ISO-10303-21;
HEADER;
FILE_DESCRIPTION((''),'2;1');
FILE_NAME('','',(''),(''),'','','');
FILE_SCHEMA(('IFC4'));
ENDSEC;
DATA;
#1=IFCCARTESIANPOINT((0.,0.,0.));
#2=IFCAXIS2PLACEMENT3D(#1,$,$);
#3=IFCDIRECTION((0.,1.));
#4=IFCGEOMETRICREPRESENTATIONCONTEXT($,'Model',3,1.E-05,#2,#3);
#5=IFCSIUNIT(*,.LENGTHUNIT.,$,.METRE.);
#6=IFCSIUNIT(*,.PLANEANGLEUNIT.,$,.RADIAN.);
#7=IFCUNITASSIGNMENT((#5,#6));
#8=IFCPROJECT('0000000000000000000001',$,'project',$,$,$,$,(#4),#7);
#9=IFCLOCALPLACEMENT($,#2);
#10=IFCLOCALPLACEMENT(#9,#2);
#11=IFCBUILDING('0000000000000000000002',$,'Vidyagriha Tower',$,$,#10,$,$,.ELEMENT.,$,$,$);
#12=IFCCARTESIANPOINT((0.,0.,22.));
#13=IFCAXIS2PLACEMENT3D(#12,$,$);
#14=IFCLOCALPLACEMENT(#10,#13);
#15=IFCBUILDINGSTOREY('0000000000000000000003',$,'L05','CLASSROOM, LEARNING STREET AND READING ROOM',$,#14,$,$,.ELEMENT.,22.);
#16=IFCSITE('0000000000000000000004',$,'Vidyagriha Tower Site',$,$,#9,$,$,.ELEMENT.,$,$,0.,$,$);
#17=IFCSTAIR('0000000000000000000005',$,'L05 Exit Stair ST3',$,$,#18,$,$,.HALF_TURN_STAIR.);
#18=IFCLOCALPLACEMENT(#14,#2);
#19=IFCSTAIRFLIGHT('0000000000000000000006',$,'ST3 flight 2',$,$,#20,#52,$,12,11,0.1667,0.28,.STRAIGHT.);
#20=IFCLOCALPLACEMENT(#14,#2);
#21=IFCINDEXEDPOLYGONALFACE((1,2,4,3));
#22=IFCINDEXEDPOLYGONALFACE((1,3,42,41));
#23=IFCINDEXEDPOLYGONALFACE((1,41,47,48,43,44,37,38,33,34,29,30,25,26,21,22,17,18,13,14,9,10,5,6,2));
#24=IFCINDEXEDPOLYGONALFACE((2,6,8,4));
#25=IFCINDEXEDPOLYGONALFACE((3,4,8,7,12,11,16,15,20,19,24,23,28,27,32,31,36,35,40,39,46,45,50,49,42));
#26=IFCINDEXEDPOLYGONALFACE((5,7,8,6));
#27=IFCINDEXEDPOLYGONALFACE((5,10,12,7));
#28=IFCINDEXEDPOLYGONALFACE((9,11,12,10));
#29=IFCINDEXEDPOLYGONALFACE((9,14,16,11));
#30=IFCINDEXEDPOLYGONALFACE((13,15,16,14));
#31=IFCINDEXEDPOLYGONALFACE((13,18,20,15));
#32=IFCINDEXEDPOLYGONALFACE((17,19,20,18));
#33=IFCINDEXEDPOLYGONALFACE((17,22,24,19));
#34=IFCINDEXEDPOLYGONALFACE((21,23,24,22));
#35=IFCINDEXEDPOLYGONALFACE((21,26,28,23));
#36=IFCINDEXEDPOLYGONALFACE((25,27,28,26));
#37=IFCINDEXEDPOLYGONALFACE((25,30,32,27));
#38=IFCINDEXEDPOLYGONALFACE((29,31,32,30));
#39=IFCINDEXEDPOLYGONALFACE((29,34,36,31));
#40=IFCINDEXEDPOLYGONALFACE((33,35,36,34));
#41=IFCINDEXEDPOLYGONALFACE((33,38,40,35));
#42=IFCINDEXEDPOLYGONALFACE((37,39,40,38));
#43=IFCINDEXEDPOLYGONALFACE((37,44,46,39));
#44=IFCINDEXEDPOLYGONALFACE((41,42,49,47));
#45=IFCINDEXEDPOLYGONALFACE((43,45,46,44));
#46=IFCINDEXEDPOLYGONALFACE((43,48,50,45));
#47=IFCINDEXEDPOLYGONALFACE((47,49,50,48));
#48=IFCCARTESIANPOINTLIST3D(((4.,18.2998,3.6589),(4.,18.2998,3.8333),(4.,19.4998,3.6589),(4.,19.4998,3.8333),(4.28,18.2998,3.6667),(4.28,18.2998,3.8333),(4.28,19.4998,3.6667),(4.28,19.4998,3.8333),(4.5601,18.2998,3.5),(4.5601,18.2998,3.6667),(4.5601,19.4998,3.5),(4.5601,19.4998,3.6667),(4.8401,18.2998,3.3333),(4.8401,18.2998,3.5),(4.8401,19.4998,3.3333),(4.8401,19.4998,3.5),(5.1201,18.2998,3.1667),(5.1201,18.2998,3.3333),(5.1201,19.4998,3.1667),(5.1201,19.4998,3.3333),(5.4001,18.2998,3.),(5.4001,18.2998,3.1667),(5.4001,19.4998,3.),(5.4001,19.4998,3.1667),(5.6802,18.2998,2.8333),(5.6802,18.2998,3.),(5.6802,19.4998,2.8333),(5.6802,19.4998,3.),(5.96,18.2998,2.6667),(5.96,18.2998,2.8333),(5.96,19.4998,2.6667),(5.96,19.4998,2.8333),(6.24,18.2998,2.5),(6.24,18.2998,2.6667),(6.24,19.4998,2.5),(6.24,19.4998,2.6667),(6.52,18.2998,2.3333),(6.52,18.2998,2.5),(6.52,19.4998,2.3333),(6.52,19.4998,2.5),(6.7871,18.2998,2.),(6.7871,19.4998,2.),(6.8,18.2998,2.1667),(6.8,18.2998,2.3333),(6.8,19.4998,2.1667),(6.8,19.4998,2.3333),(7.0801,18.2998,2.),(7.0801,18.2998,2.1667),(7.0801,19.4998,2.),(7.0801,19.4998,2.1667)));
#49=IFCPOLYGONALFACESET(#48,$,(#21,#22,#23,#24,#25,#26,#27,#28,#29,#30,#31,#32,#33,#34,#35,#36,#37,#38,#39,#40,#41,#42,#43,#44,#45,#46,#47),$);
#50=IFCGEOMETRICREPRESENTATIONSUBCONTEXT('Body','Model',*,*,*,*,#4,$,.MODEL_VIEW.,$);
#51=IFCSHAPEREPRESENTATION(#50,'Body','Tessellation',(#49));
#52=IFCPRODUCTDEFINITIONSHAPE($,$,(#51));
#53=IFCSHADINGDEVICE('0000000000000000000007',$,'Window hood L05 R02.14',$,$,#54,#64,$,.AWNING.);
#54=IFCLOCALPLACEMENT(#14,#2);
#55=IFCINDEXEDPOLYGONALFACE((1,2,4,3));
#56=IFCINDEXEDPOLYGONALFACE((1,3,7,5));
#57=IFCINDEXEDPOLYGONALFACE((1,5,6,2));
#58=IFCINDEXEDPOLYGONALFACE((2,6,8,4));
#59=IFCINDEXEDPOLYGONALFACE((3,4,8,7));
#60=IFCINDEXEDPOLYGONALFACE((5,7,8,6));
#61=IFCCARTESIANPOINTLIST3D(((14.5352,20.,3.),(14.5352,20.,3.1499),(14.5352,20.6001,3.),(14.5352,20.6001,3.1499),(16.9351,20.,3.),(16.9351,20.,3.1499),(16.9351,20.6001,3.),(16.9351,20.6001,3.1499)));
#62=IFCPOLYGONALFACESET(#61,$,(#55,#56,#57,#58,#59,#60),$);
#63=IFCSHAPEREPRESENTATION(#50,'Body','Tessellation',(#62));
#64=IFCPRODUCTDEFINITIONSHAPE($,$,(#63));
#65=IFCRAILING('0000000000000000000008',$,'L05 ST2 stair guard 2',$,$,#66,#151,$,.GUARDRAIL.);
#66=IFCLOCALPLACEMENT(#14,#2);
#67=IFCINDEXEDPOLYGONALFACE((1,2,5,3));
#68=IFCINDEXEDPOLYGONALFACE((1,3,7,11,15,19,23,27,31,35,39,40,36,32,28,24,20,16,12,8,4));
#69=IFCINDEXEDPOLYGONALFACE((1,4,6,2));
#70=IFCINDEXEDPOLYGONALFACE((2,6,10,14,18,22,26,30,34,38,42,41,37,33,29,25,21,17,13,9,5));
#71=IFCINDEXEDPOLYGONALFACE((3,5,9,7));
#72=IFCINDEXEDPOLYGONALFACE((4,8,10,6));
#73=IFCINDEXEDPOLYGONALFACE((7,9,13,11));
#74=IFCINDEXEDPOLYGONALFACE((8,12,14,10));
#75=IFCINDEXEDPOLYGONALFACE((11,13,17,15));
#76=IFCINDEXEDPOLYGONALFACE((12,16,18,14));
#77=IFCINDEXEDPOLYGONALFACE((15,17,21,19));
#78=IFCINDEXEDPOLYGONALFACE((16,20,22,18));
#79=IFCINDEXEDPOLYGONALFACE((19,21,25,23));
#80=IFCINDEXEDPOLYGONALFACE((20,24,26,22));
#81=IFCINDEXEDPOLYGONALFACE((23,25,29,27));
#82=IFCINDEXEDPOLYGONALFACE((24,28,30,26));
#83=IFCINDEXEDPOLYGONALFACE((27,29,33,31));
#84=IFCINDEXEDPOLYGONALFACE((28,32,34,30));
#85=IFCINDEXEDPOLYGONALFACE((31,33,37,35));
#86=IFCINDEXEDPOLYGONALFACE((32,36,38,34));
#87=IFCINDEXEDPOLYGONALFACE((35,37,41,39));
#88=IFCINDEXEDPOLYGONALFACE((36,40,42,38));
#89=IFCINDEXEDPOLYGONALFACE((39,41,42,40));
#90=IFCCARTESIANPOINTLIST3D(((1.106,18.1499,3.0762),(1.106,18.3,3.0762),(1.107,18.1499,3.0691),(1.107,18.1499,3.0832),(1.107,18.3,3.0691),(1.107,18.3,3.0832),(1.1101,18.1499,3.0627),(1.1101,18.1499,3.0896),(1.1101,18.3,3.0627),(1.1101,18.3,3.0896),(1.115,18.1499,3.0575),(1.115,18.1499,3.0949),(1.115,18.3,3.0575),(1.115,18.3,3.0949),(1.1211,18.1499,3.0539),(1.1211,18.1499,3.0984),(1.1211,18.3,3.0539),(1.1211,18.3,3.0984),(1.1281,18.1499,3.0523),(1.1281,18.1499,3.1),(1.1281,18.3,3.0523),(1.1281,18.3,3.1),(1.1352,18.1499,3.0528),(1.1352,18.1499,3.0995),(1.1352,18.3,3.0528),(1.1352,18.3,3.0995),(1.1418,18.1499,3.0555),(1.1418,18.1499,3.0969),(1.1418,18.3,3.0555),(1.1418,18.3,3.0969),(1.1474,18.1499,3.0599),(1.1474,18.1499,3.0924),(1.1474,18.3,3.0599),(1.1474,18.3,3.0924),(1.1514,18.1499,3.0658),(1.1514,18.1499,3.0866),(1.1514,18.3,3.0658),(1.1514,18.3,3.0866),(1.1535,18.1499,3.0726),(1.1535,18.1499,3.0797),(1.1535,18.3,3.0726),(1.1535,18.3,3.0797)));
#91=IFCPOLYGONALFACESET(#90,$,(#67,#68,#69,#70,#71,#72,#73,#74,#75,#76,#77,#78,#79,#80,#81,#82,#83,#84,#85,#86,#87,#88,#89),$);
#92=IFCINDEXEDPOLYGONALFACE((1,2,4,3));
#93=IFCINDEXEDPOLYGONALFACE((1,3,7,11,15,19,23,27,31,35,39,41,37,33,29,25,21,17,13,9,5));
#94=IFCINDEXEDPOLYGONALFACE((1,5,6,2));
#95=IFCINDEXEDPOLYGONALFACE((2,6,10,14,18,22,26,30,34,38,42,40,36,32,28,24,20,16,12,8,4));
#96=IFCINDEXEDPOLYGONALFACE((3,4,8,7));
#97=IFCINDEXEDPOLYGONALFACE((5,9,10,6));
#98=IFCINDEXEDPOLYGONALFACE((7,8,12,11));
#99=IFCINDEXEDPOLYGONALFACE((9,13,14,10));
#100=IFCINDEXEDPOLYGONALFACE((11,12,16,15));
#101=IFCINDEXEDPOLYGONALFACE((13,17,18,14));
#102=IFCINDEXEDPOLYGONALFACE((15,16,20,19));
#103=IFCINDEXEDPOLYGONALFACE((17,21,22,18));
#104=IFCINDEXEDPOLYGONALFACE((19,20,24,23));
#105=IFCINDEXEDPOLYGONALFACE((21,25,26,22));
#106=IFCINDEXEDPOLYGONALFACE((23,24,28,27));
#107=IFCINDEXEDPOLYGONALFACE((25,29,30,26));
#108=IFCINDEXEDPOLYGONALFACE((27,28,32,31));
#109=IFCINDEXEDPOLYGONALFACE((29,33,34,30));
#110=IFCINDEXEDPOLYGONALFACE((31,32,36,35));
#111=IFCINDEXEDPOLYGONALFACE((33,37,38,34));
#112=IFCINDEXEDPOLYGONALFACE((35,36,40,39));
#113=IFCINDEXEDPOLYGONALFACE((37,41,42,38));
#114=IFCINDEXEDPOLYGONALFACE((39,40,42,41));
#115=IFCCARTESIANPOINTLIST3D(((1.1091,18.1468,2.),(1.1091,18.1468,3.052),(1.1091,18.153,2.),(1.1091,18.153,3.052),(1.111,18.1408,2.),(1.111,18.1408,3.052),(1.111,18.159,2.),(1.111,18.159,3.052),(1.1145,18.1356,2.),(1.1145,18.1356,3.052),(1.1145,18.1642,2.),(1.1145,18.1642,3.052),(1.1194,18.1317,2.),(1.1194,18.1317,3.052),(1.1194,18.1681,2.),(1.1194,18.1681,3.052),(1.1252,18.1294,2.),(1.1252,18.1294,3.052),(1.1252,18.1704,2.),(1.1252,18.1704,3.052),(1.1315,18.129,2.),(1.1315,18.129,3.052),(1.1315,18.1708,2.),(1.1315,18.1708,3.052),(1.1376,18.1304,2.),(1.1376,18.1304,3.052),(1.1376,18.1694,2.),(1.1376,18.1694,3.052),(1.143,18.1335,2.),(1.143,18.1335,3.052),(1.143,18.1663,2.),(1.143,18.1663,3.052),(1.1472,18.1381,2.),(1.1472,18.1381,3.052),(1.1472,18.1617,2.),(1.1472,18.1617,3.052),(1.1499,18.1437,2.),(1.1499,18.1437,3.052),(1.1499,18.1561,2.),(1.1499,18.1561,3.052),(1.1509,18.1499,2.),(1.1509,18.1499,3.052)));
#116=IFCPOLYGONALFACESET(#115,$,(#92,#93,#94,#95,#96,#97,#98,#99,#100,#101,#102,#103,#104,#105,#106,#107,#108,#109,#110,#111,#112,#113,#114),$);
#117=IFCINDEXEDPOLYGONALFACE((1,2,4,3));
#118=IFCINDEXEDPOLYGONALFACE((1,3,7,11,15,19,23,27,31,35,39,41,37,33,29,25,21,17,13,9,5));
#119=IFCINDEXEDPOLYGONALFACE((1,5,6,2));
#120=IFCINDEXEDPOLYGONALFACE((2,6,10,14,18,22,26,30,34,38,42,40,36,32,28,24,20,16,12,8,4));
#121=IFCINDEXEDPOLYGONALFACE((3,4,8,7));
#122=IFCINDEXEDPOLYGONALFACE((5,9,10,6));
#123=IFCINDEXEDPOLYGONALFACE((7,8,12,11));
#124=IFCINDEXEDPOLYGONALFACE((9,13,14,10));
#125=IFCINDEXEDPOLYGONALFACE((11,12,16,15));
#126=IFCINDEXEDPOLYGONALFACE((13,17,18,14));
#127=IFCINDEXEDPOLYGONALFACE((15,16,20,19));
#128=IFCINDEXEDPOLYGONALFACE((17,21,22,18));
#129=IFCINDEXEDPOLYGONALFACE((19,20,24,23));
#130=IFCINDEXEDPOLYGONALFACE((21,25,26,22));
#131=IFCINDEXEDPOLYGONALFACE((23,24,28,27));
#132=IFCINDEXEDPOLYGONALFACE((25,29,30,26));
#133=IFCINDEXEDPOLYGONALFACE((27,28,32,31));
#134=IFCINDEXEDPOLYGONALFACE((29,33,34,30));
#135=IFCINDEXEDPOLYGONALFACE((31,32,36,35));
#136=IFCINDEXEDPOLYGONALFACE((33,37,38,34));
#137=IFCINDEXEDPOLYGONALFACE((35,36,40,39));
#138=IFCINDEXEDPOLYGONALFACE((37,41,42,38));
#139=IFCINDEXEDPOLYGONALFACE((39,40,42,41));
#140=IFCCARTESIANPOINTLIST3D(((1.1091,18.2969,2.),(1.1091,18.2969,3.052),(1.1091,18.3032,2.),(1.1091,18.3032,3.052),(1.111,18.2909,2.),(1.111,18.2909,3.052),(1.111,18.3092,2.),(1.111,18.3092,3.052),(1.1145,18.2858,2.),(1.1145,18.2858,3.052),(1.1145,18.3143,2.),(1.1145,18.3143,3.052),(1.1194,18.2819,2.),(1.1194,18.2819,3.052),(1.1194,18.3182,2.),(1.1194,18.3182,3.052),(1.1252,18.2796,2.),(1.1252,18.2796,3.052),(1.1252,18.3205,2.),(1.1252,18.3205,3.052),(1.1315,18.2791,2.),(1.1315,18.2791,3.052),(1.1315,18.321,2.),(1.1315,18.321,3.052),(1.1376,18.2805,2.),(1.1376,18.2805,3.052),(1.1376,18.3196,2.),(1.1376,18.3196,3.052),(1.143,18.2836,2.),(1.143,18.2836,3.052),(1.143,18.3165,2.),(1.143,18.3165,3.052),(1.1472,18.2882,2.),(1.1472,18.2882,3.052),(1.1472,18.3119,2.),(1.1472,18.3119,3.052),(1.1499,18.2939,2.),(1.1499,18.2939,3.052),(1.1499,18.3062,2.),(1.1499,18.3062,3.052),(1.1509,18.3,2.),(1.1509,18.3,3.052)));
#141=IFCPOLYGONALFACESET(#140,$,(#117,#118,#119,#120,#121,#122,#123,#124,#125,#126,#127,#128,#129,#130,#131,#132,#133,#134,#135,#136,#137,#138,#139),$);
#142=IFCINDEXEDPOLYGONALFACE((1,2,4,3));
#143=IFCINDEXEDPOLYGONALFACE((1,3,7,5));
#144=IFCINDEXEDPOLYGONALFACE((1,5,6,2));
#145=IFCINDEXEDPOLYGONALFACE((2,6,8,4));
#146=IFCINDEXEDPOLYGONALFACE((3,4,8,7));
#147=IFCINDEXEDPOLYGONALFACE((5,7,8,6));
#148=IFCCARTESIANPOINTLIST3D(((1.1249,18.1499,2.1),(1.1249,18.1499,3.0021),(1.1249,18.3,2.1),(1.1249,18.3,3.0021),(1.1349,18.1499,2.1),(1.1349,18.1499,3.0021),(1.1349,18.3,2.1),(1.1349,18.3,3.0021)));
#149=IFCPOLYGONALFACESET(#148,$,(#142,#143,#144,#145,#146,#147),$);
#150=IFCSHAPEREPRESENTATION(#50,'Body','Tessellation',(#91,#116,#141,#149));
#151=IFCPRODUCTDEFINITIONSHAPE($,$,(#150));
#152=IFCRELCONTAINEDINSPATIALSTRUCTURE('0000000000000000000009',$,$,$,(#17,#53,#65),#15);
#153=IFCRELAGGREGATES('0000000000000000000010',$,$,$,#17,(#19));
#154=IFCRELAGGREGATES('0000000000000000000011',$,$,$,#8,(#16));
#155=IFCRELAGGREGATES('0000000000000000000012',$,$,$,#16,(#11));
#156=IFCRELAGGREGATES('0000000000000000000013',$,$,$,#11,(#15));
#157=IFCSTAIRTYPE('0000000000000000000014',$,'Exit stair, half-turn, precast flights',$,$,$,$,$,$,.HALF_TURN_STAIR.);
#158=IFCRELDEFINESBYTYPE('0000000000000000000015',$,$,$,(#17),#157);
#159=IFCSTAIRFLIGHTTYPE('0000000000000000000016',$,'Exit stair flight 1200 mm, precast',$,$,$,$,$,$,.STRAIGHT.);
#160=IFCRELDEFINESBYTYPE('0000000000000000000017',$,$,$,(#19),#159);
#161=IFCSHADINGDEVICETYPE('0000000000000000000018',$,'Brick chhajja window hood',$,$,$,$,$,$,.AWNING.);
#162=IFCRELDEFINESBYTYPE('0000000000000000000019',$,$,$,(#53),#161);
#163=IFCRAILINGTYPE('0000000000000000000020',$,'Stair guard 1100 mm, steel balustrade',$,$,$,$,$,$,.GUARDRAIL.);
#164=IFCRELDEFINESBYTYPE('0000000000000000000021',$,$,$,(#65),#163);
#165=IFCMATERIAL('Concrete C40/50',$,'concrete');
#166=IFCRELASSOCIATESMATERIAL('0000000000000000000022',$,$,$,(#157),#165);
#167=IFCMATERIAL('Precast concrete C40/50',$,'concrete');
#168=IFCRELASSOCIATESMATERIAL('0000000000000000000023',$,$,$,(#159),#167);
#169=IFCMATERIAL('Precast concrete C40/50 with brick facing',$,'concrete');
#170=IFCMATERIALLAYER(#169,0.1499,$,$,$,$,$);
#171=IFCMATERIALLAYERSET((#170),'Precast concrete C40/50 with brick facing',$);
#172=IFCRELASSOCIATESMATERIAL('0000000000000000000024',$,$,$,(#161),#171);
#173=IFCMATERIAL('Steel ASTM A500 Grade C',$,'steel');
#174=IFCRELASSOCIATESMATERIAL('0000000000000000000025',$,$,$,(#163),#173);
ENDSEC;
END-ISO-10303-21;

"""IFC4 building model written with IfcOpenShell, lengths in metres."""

from ifc_helpers import new_model, si_unit, direction, frame, origin, origin_2d, place, context, subcontext, project, spatial, polyline, rectangle, circle, outline, extrude, material, layer, layer_set, type_object, element, aggregate, save


model = new_model("IFC4")

# Units and contexts
model_context = context("Model", 3, precision=1e-05, world=origin(), true_north=direction((0.0, 1.0)))
body_context = subcontext(model_context, "Body", "Model", "MODEL_VIEW")
ifc_project = project(units=[si_unit("LENGTHUNIT", "METRE"), si_unit("PLANEANGLEUNIT", "RADIAN")], contexts=[model_context])

# Site, building, storey
site_placement = place(None, origin())
site = spatial("IfcSite", under=ifc_project, at=site_placement, Name="Vidyagriha Tower Site", CompositionType="ELEMENT", RefElevation=0.0)
building_placement = place(site_placement, origin())
building = spatial("IfcBuilding", under=site, at=building_placement, Name="Vidyagriha Tower", CompositionType="ELEMENT")
storey_placement = place(building_placement, frame((0.0, 0.0, 22.0)))
storey = spatial("IfcBuildingStorey", under=building, at=storey_placement, Name="L05", Description="CLASSROOM, LEARNING STREET AND READING ROOM", CompositionType="ELEMENT", Elevation=22.0)

# Shared definitions
ifc_material_1 = material(Name="Concrete C40/50", Category="concrete")
stair_type = type_object("IfcStairType", Name="Exit stair, half-turn, precast flights", PredefinedType="HALF_TURN_STAIR", material=ifc_material_1)
ifc_material_2 = material(Name="Precast concrete C40/50", Category="concrete")
stair_flight_type = type_object("IfcStairFlightType", Name="Exit stair flight 1200 mm, precast", PredefinedType="STRAIGHT", material=ifc_material_2)

# Stair, stair flight
stair_1_placement = place(storey_placement, origin())
stair_1 = element("IfcStair", 1, at=stair_1_placement, inside=storey, type_object=stair_type, Name="L05 Exit Stair ST3", PredefinedType="HALF_TURN_STAIR")
stair_flight_1_placement = place(storey_placement, frame((7.0801, 18.8999, 2.0), z_axis=(0.0, 0.0, 1.0), x_axis=(-1.0, 0.0, 0.0)))
stair_flight_1 = element("IfcStairFlight", 2, at=stair_flight_1_placement, type_object=stair_flight_type, Name="ST3 flight 2", NumberOfRisers=12, NumberOfTreads=11, PredefinedType="STRAIGHT", RiserHeight=0.1667, TreadLength=0.28, context=body_context, shape_type="SweptSolid", body=[
    extrude(outline(polyline([(0.0, 0.0), (0.0, 0.1667), (0.28, 0.1667), (0.28, 0.3333), (0.5601, 0.3333), (0.5601, 0.5), (0.8401, 0.5), (0.8401, 0.6667), (1.1201, 0.6667), (1.1201, 0.8333), (1.3999, 0.8333), (1.3999, 1.0), (1.6799, 1.0), (1.6799, 1.1667), (1.96, 1.1667), (1.96, 1.3333), (2.24, 1.3333), (2.24, 1.5), (2.52, 1.5), (2.52, 1.6667), (2.8, 1.6667), (2.8, 1.8333), (3.0801, 1.8333), (3.0801, 2.0), (3.0801, 1.6589), (0.293, 0.0), (0.0, 0.0)])), frame((0.0, 0.6001, 0.0), z_axis=(0.0, -1.0, 0.0), x_axis=(1.0, 0.0, 0.0)), (0.0, 0.0, 1.0), 1.2),
])
aggregate(stair_1, [stair_flight_1])

# Shading device
ifc_material_3 = material(Name="Precast concrete C40/50 with brick facing", Category="concrete")
ifc_layer_1 = layer(ifc_material_3, 0.1499)
ifc_layer_set_1 = layer_set([ifc_layer_1], Name="Precast concrete C40/50 with brick facing")
shading_device_type = type_object("IfcShadingDeviceType", Name="Brick chhajja window hood", PredefinedType="AWNING", material=ifc_layer_set_1)
shading_device_placement = place(storey_placement, frame((15.7351, 20.3, 3.0), z_axis=(0.0, 0.0, 1.0), x_axis=(-1.0, 0.0, 0.0)))
element("IfcShadingDevice", 3, at=shading_device_placement, inside=storey, type_object=shading_device_type, Name="Window hood L05 R02.14", PredefinedType="AWNING", context=body_context, shape_type="SweptSolid", body=[
    extrude(rectangle(XDim=2.3999, YDim=0.6001, at=origin_2d()), origin(), (0.0, 0.0, 1.0), 0.1499),
])

# Railing
ifc_material_4 = material(Name="Steel ASTM A500 Grade C", Category="steel")
railing_type_1 = type_object("IfcRailingType", Name="Stair guard 1100 mm, steel balustrade", PredefinedType="GUARDRAIL", material=ifc_material_4)
railing_1_placement = place(storey_placement, frame((1.1299, 18.1499, 2.0)))
element("IfcRailing", 4, at=railing_1_placement, inside=storey, type_object=railing_type_1, Name="L05 ST2 stair guard 2", PredefinedType="GUARDRAIL", context=body_context, shape_type="SweptSolid", body=[
    extrude(circle(Radius=0.0239, at=origin_2d()), frame((0.0, 0.0, 1.0762), z_axis=(0.0, 1.0, 0.0), x_axis=(-1.0, 0.0, 0.0)), (0.0, 0.0, 1.0), 0.1501),
    extrude(circle(Radius=0.021, at=origin_2d()), origin(), (0.0, 0.0, 1.0), 1.052),
    extrude(circle(Radius=0.021, at=origin_2d()), frame((0.0, 0.1501, 0.0)), (0.0, 0.0, 1.0), 1.052),
    extrude(rectangle(XDim=0.01, YDim=0.9021, at=origin_2d()), frame((0.0, 0.0, 0.551), z_axis=(0.0, 1.0, 0.0), x_axis=(-1.0, 0.0, 0.0)), (0.0, 0.0, 1.0), 0.1501),
])

save(model, "model.ifc")
